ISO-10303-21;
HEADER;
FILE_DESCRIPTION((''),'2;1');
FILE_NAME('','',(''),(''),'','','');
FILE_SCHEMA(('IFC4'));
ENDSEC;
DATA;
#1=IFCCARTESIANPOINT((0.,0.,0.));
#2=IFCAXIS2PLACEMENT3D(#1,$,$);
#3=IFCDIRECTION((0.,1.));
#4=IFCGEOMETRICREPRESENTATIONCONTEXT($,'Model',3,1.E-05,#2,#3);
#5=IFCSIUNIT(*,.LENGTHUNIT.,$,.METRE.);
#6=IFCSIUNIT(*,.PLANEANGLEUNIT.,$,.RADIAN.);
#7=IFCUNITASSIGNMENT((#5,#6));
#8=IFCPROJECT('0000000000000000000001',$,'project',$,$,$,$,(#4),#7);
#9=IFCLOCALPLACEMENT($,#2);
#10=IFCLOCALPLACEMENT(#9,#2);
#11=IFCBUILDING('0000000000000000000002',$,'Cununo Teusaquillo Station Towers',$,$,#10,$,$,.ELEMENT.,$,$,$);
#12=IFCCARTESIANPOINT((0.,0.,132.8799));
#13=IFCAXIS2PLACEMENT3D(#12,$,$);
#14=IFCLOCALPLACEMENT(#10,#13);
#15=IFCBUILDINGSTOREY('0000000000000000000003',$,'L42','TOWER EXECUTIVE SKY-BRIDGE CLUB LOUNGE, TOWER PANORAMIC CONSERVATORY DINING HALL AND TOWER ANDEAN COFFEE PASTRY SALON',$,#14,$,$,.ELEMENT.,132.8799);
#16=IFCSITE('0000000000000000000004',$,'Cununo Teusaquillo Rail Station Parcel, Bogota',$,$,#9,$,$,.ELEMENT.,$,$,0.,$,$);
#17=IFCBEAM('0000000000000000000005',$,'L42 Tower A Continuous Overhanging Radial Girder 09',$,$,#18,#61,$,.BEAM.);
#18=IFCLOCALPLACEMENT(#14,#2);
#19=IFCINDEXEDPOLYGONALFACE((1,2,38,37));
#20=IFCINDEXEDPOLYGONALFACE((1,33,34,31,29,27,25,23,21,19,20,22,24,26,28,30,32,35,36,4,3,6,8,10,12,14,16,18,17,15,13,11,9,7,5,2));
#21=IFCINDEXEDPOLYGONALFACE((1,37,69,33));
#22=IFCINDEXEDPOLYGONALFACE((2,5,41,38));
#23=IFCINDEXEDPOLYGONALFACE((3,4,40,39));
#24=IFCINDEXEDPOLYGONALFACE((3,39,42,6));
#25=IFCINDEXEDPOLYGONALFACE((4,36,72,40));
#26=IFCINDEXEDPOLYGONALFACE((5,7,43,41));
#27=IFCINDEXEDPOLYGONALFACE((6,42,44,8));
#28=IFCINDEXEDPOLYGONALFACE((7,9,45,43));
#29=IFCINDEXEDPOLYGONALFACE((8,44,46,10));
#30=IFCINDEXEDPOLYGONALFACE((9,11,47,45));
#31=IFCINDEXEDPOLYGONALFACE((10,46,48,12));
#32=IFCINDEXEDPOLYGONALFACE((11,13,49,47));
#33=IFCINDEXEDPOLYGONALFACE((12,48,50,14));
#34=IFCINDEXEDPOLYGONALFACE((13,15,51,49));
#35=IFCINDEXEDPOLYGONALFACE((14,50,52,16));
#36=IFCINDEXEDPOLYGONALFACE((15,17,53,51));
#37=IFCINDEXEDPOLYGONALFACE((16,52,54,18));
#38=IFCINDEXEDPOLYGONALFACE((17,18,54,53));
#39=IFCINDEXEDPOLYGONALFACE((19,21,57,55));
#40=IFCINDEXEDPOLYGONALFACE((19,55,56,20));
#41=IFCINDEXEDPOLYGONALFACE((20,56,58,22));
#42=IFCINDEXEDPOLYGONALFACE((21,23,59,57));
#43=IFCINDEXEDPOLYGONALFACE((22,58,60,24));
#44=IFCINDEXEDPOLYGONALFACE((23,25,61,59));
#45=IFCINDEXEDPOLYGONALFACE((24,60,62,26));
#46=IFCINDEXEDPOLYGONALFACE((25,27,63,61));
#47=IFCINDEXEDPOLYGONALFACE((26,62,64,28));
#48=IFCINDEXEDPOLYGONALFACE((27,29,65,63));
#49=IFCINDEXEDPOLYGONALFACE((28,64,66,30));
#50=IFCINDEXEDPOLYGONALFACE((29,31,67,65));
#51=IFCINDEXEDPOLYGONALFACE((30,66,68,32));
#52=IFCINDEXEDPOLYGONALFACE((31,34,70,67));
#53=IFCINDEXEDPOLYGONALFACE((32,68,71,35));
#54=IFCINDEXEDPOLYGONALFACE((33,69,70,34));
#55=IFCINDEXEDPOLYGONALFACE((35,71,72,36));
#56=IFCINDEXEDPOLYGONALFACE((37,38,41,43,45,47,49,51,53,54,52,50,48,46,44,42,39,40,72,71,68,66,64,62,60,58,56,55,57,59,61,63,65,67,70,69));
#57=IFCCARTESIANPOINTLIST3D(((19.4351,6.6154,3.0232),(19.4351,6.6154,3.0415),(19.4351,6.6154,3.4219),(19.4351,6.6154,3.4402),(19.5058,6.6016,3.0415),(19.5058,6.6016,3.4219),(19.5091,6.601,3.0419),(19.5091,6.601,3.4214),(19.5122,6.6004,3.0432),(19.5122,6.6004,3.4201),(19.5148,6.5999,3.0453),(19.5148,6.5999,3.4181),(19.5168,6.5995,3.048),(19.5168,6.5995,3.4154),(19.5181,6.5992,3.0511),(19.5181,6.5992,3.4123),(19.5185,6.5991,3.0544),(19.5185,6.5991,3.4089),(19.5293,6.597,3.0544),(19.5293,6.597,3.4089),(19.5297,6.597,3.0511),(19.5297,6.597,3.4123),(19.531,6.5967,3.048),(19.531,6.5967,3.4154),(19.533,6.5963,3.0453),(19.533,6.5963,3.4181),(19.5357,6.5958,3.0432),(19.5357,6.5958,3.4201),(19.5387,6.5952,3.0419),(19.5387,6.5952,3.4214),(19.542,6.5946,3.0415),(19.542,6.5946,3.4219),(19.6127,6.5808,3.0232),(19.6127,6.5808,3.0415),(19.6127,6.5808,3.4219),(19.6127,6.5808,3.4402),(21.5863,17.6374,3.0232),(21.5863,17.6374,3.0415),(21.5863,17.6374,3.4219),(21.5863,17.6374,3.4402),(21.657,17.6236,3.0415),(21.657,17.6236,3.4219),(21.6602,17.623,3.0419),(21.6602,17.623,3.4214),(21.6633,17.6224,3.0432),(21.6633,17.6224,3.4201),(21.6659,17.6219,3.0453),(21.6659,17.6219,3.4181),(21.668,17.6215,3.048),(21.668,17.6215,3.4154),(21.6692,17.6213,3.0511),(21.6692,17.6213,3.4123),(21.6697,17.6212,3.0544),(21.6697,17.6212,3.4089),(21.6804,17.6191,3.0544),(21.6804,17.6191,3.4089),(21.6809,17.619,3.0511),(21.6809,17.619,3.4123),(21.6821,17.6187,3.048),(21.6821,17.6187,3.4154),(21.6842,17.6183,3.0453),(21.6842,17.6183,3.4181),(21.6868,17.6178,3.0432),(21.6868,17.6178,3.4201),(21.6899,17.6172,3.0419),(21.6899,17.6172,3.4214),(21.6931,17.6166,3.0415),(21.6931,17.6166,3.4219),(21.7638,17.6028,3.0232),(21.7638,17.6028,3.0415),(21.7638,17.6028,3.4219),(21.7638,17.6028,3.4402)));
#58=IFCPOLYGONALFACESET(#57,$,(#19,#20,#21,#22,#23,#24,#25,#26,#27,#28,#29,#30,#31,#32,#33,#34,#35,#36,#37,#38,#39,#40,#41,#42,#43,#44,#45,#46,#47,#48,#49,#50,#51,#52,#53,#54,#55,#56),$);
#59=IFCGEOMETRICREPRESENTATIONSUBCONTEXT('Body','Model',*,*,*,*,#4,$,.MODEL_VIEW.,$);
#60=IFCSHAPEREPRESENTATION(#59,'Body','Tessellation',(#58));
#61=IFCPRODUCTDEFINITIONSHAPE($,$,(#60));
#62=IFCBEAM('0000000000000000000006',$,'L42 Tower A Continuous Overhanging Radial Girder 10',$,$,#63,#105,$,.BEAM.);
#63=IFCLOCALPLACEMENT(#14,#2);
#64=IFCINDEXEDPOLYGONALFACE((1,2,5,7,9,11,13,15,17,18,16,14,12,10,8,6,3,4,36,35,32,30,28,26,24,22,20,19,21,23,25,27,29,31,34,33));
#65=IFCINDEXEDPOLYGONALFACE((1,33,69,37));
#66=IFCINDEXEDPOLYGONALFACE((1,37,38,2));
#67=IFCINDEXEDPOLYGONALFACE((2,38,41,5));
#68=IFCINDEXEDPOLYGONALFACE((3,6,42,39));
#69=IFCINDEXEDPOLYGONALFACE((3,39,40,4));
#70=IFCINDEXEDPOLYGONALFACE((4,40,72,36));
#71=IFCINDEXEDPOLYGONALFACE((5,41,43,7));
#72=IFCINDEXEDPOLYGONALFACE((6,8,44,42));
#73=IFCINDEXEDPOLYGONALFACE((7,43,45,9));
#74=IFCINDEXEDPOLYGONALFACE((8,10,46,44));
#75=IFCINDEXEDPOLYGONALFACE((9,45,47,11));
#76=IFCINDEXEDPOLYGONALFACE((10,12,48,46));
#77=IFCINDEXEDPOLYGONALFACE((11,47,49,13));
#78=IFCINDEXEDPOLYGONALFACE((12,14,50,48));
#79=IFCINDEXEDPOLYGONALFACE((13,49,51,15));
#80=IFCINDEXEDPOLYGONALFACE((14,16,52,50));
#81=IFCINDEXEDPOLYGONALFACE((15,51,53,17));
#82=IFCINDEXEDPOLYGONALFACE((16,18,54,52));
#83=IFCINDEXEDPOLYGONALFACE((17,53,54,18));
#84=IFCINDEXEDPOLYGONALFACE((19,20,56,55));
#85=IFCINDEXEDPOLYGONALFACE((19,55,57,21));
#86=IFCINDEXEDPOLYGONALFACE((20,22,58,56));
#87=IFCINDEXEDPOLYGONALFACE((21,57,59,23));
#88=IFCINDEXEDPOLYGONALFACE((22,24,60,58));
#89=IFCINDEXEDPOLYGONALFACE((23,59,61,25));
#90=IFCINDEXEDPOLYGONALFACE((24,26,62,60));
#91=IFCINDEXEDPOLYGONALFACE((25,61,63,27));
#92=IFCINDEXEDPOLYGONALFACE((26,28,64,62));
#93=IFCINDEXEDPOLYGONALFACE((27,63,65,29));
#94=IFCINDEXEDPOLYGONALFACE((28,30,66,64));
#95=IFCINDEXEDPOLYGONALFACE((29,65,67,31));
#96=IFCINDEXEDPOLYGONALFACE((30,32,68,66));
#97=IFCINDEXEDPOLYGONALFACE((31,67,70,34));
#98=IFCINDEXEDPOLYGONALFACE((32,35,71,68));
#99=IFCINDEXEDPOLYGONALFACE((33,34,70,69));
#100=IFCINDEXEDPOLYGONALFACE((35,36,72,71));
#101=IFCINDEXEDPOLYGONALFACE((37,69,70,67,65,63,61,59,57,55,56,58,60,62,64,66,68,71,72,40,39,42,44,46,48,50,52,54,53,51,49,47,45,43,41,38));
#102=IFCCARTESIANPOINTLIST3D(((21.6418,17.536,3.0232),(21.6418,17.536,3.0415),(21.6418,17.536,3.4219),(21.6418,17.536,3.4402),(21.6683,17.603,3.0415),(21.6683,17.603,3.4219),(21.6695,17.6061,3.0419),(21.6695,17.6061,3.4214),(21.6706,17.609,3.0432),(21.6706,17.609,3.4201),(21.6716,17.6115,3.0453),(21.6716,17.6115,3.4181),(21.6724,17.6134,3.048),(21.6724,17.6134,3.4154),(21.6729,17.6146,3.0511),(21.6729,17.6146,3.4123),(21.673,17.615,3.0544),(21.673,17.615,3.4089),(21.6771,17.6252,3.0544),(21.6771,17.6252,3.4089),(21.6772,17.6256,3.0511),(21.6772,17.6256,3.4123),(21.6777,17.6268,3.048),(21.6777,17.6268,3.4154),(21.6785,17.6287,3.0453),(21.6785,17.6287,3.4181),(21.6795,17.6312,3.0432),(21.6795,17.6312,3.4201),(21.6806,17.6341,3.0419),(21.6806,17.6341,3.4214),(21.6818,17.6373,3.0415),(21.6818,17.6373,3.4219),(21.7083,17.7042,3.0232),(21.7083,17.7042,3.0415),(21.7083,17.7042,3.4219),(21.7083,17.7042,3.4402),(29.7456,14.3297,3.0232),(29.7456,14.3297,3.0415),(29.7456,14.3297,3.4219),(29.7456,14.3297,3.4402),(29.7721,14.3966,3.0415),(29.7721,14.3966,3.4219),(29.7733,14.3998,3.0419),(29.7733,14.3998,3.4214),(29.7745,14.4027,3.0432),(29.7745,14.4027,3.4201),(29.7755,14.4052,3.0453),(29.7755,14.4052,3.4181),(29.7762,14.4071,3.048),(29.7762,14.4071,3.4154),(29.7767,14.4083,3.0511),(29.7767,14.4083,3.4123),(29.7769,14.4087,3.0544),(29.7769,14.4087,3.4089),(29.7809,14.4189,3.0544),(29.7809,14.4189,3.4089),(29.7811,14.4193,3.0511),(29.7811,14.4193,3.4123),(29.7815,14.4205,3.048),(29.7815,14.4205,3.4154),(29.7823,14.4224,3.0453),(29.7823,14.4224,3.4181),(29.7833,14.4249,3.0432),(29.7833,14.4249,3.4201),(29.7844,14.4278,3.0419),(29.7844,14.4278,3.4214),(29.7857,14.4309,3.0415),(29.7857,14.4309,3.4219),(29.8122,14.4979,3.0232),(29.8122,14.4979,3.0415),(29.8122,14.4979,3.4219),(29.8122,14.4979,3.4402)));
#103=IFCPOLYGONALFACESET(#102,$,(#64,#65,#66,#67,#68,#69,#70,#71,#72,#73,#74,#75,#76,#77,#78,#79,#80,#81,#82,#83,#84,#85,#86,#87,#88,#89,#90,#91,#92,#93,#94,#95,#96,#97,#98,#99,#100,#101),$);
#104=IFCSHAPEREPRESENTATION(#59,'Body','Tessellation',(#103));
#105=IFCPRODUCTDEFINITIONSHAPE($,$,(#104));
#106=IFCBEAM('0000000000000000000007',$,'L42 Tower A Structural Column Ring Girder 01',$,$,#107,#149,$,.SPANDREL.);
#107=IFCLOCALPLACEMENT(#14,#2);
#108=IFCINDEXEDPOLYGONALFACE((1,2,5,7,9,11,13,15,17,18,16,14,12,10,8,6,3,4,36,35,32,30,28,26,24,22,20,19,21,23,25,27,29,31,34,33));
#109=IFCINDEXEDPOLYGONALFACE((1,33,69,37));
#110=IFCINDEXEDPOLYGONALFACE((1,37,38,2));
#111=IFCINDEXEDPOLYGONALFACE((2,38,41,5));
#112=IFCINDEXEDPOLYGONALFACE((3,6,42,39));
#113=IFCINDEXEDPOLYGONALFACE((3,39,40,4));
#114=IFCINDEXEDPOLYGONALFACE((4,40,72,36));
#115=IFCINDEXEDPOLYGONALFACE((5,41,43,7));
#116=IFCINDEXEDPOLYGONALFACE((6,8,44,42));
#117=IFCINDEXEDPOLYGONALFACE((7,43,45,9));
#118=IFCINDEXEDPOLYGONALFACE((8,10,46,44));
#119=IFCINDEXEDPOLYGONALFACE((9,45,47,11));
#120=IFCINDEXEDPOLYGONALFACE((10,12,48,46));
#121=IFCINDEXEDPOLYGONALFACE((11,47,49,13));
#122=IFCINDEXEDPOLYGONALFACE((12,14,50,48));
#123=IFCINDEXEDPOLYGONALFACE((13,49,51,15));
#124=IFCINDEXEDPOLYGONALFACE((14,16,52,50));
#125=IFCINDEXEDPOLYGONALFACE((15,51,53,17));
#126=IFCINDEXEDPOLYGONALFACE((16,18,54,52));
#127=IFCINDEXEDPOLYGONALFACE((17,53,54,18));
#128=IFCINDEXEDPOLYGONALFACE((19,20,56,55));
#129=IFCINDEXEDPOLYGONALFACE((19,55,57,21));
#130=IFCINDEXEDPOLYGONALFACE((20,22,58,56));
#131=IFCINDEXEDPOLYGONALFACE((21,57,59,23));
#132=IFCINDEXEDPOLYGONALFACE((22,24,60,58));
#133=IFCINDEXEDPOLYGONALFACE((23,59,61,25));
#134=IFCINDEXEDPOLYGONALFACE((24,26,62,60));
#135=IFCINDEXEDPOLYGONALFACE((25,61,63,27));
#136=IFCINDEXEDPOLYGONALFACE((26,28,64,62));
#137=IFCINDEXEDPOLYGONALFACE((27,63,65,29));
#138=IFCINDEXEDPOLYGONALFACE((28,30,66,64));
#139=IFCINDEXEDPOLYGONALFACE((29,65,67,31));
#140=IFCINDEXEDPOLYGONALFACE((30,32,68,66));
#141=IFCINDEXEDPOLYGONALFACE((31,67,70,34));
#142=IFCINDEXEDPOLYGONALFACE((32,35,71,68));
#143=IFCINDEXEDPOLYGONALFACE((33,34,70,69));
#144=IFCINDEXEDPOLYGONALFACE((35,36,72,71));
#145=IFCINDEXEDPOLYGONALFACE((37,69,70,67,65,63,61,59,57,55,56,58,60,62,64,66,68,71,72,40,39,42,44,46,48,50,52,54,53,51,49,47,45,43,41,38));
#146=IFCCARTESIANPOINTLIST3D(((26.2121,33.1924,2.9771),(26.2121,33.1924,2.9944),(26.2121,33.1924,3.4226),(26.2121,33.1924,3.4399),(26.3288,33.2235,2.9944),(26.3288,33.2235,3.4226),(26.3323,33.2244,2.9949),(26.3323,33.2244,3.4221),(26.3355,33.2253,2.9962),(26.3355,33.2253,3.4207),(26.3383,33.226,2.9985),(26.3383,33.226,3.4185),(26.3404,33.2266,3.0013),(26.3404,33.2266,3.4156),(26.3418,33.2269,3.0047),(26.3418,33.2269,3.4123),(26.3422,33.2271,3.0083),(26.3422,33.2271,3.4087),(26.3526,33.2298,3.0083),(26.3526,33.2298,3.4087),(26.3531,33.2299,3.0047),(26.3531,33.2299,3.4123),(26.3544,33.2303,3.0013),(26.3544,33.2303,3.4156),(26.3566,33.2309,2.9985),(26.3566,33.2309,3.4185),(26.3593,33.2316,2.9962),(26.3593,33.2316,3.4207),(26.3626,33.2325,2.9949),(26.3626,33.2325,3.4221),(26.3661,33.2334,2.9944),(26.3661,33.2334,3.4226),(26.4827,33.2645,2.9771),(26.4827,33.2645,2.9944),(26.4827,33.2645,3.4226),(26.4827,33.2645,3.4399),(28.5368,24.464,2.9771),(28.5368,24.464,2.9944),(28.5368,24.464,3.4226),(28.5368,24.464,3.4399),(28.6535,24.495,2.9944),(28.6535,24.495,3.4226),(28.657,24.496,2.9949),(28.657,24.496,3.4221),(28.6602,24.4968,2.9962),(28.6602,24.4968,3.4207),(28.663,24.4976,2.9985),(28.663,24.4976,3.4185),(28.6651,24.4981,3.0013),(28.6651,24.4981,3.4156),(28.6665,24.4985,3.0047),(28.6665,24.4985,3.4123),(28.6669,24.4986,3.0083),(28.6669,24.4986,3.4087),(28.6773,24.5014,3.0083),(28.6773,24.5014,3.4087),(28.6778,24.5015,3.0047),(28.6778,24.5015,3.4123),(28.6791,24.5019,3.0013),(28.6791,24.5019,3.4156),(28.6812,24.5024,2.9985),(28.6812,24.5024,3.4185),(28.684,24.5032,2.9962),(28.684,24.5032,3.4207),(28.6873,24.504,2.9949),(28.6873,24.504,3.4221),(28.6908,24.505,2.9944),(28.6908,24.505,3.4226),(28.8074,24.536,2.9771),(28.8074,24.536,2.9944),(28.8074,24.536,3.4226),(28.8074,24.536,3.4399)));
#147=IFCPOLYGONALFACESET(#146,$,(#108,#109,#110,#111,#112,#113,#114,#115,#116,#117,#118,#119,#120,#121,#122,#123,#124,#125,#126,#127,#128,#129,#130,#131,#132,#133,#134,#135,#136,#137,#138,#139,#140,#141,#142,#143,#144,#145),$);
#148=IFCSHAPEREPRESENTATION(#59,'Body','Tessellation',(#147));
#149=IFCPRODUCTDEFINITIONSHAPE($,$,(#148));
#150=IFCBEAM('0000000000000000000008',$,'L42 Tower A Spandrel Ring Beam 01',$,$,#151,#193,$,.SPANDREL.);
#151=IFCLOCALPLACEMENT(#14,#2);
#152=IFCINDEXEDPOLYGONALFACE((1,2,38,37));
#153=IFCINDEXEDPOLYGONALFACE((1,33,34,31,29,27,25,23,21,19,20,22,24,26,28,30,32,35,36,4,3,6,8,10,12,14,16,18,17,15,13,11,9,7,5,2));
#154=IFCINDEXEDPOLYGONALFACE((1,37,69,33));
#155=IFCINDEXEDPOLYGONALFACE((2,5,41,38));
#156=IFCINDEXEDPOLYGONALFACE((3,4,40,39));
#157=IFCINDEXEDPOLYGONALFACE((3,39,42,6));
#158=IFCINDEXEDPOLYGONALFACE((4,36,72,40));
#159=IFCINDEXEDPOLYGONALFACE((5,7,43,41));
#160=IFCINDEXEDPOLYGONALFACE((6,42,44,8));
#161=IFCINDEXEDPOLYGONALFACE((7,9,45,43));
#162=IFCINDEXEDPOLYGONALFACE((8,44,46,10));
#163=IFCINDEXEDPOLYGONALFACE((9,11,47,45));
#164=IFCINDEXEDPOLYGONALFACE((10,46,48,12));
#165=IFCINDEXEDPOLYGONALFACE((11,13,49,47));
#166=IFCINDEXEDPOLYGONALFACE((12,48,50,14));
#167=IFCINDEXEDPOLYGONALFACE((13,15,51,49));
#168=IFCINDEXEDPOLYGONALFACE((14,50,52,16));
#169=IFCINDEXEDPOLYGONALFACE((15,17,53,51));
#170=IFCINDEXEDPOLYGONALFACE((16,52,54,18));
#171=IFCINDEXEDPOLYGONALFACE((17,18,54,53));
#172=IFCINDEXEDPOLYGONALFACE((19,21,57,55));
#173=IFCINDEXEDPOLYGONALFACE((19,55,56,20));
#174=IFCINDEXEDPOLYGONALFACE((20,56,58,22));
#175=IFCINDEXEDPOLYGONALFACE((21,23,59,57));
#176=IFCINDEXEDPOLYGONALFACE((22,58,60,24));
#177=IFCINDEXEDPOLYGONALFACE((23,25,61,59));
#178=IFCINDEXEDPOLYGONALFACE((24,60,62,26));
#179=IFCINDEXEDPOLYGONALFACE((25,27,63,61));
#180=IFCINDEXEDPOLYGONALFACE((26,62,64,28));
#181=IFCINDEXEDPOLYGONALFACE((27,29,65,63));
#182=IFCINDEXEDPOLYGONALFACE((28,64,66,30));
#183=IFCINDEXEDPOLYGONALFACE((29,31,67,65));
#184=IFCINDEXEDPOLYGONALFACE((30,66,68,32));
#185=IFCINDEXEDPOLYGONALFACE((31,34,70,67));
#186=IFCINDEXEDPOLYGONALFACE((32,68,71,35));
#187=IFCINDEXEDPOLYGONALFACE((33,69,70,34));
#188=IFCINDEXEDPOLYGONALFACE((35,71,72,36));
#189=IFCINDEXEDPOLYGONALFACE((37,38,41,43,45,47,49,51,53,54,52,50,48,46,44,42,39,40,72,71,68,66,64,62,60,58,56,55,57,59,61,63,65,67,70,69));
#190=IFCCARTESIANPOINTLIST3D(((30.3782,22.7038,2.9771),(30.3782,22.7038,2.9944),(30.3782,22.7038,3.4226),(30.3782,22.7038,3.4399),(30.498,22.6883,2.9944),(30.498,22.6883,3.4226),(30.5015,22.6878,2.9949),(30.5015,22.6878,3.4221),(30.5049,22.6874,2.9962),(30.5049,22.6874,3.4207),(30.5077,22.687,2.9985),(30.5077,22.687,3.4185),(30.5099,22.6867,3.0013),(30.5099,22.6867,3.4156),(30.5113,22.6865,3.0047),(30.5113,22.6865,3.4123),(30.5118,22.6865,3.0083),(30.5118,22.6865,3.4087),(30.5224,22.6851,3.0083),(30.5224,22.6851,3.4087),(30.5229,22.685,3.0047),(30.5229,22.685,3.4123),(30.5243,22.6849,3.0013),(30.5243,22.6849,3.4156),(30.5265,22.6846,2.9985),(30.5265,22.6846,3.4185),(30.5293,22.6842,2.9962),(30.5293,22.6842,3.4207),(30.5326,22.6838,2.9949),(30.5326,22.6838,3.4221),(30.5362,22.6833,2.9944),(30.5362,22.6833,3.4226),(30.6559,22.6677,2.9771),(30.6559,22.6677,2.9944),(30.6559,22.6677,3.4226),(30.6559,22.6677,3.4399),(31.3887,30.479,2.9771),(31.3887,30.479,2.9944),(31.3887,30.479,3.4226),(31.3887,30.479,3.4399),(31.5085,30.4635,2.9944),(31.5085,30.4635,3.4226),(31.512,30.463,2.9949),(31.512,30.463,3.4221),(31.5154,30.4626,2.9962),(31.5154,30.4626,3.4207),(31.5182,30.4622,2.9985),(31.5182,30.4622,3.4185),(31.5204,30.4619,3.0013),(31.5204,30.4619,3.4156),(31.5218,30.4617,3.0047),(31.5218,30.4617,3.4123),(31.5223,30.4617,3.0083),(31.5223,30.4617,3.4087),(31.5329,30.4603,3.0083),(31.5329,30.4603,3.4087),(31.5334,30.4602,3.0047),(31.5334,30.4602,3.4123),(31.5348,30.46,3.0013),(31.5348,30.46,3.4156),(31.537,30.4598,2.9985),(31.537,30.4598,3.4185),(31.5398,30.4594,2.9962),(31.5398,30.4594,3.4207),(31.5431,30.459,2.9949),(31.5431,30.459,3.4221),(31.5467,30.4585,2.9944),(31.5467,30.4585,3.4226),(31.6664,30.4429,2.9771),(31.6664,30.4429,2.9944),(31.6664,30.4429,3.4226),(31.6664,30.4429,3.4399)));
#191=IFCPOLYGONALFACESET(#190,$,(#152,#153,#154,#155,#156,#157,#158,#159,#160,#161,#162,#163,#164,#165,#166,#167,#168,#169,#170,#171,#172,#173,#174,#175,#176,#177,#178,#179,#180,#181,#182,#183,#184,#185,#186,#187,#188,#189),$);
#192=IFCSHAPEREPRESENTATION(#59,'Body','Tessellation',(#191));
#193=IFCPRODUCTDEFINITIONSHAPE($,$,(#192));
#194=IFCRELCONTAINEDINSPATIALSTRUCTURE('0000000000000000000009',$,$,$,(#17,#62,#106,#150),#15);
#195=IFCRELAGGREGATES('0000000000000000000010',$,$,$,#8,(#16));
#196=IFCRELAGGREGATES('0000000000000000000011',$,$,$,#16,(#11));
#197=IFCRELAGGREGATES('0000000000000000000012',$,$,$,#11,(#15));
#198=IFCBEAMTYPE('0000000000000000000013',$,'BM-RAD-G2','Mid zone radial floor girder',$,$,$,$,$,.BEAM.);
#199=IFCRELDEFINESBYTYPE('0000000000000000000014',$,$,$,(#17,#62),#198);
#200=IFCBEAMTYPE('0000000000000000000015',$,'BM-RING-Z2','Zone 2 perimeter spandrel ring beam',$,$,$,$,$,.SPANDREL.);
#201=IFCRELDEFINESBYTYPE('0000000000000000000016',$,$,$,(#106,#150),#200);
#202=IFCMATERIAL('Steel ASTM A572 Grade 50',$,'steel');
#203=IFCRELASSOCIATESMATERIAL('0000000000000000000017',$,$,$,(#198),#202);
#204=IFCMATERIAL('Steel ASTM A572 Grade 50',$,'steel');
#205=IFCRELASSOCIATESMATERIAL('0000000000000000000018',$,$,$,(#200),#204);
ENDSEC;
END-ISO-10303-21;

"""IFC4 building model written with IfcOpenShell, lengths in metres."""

from ifc_helpers import new_model, si_unit, direction, frame, origin, origin_2d, place, context, subcontext, project, spatial, i_section, extrude, material, material_profile, profile_set, type_object, element, save


model = new_model("IFC4")

# Units and contexts
model_context = context("Model", 3, precision=1e-05, world=origin(), true_north=direction((0.0, 1.0)))
body_context = subcontext(model_context, "Body", "Model", "MODEL_VIEW")
ifc_project = project(units=[si_unit("LENGTHUNIT", "METRE"), si_unit("PLANEANGLEUNIT", "RADIAN")], contexts=[model_context])

# Site, building, storey
site_placement = place(None, origin())
site = spatial("IfcSite", under=ifc_project, at=site_placement, Name="Cununo Teusaquillo Rail Station Parcel, Bogota", CompositionType="ELEMENT", RefElevation=0.0)
building_placement = place(site_placement, origin())
building = spatial("IfcBuilding", under=site, at=building_placement, Name="Cununo Teusaquillo Station Towers", CompositionType="ELEMENT")
storey_placement = place(building_placement, frame((0.0, 0.0, 132.8799)))
storey = spatial("IfcBuildingStorey", under=building, at=storey_placement, Name="L42", Description="TOWER EXECUTIVE SKY-BRIDGE CLUB LOUNGE, TOWER PANORAMIC CONSERVATORY DINING HALL AND TOWER ANDEAN COFFEE PASTRY SALON", CompositionType="ELEMENT", Elevation=132.8799)

# Beams
ifc_material_1 = material(Name="Steel ASTM A572 Grade 50", Category="steel")
ifc_material_profile_1 = material_profile(ifc_material_1, i_section(OverallWidth=0.1809, OverallDepth=0.417, WebThickness=0.011, FlangeThickness=0.0183, FilletRadius=0.0129, at=origin_2d()), Name="W16X57")
ifc_profile_set_1 = profile_set([ifc_material_profile_1], Name="Steel ASTM A572 Grade 50")
beam_type_1 = type_object("IfcBeamType", Name="BM-RAD-G2", Description="Mid zone radial floor girder", PredefinedType="BEAM", material=ifc_profile_set_1)
beam_1_placement = place(storey_placement, frame((21.675, 17.6201, 3.2317), z_axis=(-0.191553, -0.981482, 0.0), x_axis=(0.981482, -0.191553, 0.0)))
element("IfcBeam", 1, at=beam_1_placement, inside=storey, type_object=beam_type_1, Name="L42 Tower A Continuous Overhanging Radial Girder 09", PredefinedType="BEAM", context=body_context, shape_type="SweptSolid", body=[
    extrude(i_section(OverallWidth=0.1809, OverallDepth=0.417, WebThickness=0.011, FlangeThickness=0.0183, FilletRadius=0.0129, at=origin_2d()), origin(), (0.0, 0.0, 1.0), 11.23),
])
beam_2_placement = place(storey_placement, frame((21.675, 17.6201, 3.2317), z_axis=(0.929863, -0.367906, 0.0), x_axis=(0.367906, 0.929863, 0.0)))
element("IfcBeam", 2, at=beam_2_placement, inside=storey, type_object=beam_type_1, Name="L42 Tower A Continuous Overhanging Radial Girder 10", PredefinedType="BEAM", context=body_context, shape_type="SweptSolid", body=[
    extrude(i_section(OverallWidth=0.1809, OverallDepth=0.417, WebThickness=0.011, FlangeThickness=0.0183, FilletRadius=0.0129, at=origin_2d()), origin(), (0.0, 0.0, 1.0), 8.7151),
])
ifc_material_2 = material(Name="Steel ASTM A572 Grade 50", Category="steel")
ifc_material_profile_2 = material_profile(ifc_material_2, i_section(OverallWidth=0.28, OverallDepth=0.4629, WebThickness=0.0107, FlangeThickness=0.0173, FilletRadius=0.0139, at=origin_2d()), Name="W18X76")
ifc_profile_set_2 = profile_set([ifc_material_profile_2], Name="Steel ASTM A572 Grade 50")
beam_type_2 = type_object("IfcBeamType", Name="BM-RING-Z2", Description="Zone 2 perimeter spandrel ring beam", PredefinedType="SPANDREL", material=ifc_profile_set_2)
beam_3_placement = place(storey_placement, frame((28.6721, 24.5, 3.2085), z_axis=(-0.257363, 0.966315, 0.0), x_axis=(-0.966315, -0.257363, 0.0)))
element("IfcBeam", 3, at=beam_3_placement, inside=storey, type_object=beam_type_2, Name="L42 Tower A Structural Column Ring Girder 01", PredefinedType="SPANDREL", context=body_context, shape_type="SweptSolid", body=[
    extrude(i_section(OverallWidth=0.28, OverallDepth=0.4629, WebThickness=0.0107, FlangeThickness=0.0173, FilletRadius=0.0139, at=origin_2d()), origin(), (0.0, 0.0, 1.0), 9.0327),
])
beam_4_placement = place(storey_placement, frame((30.5171, 22.6858, 3.2085), z_axis=(0.128881, 0.99166, 0.0), x_axis=(-0.99166, 0.128881, 0.0)))
element("IfcBeam", 4, at=beam_4_placement, inside=storey, type_object=beam_type_2, Name="L42 Tower A Spandrel Ring Beam 01", PredefinedType="SPANDREL", context=body_context, shape_type="SweptSolid", body=[
    extrude(i_section(OverallWidth=0.28, OverallDepth=0.4629, WebThickness=0.0107, FlangeThickness=0.0173, FilletRadius=0.0139, at=origin_2d()), origin(), (0.0, 0.0, 1.0), 7.8406),
])

save(model, "model.ifc")
